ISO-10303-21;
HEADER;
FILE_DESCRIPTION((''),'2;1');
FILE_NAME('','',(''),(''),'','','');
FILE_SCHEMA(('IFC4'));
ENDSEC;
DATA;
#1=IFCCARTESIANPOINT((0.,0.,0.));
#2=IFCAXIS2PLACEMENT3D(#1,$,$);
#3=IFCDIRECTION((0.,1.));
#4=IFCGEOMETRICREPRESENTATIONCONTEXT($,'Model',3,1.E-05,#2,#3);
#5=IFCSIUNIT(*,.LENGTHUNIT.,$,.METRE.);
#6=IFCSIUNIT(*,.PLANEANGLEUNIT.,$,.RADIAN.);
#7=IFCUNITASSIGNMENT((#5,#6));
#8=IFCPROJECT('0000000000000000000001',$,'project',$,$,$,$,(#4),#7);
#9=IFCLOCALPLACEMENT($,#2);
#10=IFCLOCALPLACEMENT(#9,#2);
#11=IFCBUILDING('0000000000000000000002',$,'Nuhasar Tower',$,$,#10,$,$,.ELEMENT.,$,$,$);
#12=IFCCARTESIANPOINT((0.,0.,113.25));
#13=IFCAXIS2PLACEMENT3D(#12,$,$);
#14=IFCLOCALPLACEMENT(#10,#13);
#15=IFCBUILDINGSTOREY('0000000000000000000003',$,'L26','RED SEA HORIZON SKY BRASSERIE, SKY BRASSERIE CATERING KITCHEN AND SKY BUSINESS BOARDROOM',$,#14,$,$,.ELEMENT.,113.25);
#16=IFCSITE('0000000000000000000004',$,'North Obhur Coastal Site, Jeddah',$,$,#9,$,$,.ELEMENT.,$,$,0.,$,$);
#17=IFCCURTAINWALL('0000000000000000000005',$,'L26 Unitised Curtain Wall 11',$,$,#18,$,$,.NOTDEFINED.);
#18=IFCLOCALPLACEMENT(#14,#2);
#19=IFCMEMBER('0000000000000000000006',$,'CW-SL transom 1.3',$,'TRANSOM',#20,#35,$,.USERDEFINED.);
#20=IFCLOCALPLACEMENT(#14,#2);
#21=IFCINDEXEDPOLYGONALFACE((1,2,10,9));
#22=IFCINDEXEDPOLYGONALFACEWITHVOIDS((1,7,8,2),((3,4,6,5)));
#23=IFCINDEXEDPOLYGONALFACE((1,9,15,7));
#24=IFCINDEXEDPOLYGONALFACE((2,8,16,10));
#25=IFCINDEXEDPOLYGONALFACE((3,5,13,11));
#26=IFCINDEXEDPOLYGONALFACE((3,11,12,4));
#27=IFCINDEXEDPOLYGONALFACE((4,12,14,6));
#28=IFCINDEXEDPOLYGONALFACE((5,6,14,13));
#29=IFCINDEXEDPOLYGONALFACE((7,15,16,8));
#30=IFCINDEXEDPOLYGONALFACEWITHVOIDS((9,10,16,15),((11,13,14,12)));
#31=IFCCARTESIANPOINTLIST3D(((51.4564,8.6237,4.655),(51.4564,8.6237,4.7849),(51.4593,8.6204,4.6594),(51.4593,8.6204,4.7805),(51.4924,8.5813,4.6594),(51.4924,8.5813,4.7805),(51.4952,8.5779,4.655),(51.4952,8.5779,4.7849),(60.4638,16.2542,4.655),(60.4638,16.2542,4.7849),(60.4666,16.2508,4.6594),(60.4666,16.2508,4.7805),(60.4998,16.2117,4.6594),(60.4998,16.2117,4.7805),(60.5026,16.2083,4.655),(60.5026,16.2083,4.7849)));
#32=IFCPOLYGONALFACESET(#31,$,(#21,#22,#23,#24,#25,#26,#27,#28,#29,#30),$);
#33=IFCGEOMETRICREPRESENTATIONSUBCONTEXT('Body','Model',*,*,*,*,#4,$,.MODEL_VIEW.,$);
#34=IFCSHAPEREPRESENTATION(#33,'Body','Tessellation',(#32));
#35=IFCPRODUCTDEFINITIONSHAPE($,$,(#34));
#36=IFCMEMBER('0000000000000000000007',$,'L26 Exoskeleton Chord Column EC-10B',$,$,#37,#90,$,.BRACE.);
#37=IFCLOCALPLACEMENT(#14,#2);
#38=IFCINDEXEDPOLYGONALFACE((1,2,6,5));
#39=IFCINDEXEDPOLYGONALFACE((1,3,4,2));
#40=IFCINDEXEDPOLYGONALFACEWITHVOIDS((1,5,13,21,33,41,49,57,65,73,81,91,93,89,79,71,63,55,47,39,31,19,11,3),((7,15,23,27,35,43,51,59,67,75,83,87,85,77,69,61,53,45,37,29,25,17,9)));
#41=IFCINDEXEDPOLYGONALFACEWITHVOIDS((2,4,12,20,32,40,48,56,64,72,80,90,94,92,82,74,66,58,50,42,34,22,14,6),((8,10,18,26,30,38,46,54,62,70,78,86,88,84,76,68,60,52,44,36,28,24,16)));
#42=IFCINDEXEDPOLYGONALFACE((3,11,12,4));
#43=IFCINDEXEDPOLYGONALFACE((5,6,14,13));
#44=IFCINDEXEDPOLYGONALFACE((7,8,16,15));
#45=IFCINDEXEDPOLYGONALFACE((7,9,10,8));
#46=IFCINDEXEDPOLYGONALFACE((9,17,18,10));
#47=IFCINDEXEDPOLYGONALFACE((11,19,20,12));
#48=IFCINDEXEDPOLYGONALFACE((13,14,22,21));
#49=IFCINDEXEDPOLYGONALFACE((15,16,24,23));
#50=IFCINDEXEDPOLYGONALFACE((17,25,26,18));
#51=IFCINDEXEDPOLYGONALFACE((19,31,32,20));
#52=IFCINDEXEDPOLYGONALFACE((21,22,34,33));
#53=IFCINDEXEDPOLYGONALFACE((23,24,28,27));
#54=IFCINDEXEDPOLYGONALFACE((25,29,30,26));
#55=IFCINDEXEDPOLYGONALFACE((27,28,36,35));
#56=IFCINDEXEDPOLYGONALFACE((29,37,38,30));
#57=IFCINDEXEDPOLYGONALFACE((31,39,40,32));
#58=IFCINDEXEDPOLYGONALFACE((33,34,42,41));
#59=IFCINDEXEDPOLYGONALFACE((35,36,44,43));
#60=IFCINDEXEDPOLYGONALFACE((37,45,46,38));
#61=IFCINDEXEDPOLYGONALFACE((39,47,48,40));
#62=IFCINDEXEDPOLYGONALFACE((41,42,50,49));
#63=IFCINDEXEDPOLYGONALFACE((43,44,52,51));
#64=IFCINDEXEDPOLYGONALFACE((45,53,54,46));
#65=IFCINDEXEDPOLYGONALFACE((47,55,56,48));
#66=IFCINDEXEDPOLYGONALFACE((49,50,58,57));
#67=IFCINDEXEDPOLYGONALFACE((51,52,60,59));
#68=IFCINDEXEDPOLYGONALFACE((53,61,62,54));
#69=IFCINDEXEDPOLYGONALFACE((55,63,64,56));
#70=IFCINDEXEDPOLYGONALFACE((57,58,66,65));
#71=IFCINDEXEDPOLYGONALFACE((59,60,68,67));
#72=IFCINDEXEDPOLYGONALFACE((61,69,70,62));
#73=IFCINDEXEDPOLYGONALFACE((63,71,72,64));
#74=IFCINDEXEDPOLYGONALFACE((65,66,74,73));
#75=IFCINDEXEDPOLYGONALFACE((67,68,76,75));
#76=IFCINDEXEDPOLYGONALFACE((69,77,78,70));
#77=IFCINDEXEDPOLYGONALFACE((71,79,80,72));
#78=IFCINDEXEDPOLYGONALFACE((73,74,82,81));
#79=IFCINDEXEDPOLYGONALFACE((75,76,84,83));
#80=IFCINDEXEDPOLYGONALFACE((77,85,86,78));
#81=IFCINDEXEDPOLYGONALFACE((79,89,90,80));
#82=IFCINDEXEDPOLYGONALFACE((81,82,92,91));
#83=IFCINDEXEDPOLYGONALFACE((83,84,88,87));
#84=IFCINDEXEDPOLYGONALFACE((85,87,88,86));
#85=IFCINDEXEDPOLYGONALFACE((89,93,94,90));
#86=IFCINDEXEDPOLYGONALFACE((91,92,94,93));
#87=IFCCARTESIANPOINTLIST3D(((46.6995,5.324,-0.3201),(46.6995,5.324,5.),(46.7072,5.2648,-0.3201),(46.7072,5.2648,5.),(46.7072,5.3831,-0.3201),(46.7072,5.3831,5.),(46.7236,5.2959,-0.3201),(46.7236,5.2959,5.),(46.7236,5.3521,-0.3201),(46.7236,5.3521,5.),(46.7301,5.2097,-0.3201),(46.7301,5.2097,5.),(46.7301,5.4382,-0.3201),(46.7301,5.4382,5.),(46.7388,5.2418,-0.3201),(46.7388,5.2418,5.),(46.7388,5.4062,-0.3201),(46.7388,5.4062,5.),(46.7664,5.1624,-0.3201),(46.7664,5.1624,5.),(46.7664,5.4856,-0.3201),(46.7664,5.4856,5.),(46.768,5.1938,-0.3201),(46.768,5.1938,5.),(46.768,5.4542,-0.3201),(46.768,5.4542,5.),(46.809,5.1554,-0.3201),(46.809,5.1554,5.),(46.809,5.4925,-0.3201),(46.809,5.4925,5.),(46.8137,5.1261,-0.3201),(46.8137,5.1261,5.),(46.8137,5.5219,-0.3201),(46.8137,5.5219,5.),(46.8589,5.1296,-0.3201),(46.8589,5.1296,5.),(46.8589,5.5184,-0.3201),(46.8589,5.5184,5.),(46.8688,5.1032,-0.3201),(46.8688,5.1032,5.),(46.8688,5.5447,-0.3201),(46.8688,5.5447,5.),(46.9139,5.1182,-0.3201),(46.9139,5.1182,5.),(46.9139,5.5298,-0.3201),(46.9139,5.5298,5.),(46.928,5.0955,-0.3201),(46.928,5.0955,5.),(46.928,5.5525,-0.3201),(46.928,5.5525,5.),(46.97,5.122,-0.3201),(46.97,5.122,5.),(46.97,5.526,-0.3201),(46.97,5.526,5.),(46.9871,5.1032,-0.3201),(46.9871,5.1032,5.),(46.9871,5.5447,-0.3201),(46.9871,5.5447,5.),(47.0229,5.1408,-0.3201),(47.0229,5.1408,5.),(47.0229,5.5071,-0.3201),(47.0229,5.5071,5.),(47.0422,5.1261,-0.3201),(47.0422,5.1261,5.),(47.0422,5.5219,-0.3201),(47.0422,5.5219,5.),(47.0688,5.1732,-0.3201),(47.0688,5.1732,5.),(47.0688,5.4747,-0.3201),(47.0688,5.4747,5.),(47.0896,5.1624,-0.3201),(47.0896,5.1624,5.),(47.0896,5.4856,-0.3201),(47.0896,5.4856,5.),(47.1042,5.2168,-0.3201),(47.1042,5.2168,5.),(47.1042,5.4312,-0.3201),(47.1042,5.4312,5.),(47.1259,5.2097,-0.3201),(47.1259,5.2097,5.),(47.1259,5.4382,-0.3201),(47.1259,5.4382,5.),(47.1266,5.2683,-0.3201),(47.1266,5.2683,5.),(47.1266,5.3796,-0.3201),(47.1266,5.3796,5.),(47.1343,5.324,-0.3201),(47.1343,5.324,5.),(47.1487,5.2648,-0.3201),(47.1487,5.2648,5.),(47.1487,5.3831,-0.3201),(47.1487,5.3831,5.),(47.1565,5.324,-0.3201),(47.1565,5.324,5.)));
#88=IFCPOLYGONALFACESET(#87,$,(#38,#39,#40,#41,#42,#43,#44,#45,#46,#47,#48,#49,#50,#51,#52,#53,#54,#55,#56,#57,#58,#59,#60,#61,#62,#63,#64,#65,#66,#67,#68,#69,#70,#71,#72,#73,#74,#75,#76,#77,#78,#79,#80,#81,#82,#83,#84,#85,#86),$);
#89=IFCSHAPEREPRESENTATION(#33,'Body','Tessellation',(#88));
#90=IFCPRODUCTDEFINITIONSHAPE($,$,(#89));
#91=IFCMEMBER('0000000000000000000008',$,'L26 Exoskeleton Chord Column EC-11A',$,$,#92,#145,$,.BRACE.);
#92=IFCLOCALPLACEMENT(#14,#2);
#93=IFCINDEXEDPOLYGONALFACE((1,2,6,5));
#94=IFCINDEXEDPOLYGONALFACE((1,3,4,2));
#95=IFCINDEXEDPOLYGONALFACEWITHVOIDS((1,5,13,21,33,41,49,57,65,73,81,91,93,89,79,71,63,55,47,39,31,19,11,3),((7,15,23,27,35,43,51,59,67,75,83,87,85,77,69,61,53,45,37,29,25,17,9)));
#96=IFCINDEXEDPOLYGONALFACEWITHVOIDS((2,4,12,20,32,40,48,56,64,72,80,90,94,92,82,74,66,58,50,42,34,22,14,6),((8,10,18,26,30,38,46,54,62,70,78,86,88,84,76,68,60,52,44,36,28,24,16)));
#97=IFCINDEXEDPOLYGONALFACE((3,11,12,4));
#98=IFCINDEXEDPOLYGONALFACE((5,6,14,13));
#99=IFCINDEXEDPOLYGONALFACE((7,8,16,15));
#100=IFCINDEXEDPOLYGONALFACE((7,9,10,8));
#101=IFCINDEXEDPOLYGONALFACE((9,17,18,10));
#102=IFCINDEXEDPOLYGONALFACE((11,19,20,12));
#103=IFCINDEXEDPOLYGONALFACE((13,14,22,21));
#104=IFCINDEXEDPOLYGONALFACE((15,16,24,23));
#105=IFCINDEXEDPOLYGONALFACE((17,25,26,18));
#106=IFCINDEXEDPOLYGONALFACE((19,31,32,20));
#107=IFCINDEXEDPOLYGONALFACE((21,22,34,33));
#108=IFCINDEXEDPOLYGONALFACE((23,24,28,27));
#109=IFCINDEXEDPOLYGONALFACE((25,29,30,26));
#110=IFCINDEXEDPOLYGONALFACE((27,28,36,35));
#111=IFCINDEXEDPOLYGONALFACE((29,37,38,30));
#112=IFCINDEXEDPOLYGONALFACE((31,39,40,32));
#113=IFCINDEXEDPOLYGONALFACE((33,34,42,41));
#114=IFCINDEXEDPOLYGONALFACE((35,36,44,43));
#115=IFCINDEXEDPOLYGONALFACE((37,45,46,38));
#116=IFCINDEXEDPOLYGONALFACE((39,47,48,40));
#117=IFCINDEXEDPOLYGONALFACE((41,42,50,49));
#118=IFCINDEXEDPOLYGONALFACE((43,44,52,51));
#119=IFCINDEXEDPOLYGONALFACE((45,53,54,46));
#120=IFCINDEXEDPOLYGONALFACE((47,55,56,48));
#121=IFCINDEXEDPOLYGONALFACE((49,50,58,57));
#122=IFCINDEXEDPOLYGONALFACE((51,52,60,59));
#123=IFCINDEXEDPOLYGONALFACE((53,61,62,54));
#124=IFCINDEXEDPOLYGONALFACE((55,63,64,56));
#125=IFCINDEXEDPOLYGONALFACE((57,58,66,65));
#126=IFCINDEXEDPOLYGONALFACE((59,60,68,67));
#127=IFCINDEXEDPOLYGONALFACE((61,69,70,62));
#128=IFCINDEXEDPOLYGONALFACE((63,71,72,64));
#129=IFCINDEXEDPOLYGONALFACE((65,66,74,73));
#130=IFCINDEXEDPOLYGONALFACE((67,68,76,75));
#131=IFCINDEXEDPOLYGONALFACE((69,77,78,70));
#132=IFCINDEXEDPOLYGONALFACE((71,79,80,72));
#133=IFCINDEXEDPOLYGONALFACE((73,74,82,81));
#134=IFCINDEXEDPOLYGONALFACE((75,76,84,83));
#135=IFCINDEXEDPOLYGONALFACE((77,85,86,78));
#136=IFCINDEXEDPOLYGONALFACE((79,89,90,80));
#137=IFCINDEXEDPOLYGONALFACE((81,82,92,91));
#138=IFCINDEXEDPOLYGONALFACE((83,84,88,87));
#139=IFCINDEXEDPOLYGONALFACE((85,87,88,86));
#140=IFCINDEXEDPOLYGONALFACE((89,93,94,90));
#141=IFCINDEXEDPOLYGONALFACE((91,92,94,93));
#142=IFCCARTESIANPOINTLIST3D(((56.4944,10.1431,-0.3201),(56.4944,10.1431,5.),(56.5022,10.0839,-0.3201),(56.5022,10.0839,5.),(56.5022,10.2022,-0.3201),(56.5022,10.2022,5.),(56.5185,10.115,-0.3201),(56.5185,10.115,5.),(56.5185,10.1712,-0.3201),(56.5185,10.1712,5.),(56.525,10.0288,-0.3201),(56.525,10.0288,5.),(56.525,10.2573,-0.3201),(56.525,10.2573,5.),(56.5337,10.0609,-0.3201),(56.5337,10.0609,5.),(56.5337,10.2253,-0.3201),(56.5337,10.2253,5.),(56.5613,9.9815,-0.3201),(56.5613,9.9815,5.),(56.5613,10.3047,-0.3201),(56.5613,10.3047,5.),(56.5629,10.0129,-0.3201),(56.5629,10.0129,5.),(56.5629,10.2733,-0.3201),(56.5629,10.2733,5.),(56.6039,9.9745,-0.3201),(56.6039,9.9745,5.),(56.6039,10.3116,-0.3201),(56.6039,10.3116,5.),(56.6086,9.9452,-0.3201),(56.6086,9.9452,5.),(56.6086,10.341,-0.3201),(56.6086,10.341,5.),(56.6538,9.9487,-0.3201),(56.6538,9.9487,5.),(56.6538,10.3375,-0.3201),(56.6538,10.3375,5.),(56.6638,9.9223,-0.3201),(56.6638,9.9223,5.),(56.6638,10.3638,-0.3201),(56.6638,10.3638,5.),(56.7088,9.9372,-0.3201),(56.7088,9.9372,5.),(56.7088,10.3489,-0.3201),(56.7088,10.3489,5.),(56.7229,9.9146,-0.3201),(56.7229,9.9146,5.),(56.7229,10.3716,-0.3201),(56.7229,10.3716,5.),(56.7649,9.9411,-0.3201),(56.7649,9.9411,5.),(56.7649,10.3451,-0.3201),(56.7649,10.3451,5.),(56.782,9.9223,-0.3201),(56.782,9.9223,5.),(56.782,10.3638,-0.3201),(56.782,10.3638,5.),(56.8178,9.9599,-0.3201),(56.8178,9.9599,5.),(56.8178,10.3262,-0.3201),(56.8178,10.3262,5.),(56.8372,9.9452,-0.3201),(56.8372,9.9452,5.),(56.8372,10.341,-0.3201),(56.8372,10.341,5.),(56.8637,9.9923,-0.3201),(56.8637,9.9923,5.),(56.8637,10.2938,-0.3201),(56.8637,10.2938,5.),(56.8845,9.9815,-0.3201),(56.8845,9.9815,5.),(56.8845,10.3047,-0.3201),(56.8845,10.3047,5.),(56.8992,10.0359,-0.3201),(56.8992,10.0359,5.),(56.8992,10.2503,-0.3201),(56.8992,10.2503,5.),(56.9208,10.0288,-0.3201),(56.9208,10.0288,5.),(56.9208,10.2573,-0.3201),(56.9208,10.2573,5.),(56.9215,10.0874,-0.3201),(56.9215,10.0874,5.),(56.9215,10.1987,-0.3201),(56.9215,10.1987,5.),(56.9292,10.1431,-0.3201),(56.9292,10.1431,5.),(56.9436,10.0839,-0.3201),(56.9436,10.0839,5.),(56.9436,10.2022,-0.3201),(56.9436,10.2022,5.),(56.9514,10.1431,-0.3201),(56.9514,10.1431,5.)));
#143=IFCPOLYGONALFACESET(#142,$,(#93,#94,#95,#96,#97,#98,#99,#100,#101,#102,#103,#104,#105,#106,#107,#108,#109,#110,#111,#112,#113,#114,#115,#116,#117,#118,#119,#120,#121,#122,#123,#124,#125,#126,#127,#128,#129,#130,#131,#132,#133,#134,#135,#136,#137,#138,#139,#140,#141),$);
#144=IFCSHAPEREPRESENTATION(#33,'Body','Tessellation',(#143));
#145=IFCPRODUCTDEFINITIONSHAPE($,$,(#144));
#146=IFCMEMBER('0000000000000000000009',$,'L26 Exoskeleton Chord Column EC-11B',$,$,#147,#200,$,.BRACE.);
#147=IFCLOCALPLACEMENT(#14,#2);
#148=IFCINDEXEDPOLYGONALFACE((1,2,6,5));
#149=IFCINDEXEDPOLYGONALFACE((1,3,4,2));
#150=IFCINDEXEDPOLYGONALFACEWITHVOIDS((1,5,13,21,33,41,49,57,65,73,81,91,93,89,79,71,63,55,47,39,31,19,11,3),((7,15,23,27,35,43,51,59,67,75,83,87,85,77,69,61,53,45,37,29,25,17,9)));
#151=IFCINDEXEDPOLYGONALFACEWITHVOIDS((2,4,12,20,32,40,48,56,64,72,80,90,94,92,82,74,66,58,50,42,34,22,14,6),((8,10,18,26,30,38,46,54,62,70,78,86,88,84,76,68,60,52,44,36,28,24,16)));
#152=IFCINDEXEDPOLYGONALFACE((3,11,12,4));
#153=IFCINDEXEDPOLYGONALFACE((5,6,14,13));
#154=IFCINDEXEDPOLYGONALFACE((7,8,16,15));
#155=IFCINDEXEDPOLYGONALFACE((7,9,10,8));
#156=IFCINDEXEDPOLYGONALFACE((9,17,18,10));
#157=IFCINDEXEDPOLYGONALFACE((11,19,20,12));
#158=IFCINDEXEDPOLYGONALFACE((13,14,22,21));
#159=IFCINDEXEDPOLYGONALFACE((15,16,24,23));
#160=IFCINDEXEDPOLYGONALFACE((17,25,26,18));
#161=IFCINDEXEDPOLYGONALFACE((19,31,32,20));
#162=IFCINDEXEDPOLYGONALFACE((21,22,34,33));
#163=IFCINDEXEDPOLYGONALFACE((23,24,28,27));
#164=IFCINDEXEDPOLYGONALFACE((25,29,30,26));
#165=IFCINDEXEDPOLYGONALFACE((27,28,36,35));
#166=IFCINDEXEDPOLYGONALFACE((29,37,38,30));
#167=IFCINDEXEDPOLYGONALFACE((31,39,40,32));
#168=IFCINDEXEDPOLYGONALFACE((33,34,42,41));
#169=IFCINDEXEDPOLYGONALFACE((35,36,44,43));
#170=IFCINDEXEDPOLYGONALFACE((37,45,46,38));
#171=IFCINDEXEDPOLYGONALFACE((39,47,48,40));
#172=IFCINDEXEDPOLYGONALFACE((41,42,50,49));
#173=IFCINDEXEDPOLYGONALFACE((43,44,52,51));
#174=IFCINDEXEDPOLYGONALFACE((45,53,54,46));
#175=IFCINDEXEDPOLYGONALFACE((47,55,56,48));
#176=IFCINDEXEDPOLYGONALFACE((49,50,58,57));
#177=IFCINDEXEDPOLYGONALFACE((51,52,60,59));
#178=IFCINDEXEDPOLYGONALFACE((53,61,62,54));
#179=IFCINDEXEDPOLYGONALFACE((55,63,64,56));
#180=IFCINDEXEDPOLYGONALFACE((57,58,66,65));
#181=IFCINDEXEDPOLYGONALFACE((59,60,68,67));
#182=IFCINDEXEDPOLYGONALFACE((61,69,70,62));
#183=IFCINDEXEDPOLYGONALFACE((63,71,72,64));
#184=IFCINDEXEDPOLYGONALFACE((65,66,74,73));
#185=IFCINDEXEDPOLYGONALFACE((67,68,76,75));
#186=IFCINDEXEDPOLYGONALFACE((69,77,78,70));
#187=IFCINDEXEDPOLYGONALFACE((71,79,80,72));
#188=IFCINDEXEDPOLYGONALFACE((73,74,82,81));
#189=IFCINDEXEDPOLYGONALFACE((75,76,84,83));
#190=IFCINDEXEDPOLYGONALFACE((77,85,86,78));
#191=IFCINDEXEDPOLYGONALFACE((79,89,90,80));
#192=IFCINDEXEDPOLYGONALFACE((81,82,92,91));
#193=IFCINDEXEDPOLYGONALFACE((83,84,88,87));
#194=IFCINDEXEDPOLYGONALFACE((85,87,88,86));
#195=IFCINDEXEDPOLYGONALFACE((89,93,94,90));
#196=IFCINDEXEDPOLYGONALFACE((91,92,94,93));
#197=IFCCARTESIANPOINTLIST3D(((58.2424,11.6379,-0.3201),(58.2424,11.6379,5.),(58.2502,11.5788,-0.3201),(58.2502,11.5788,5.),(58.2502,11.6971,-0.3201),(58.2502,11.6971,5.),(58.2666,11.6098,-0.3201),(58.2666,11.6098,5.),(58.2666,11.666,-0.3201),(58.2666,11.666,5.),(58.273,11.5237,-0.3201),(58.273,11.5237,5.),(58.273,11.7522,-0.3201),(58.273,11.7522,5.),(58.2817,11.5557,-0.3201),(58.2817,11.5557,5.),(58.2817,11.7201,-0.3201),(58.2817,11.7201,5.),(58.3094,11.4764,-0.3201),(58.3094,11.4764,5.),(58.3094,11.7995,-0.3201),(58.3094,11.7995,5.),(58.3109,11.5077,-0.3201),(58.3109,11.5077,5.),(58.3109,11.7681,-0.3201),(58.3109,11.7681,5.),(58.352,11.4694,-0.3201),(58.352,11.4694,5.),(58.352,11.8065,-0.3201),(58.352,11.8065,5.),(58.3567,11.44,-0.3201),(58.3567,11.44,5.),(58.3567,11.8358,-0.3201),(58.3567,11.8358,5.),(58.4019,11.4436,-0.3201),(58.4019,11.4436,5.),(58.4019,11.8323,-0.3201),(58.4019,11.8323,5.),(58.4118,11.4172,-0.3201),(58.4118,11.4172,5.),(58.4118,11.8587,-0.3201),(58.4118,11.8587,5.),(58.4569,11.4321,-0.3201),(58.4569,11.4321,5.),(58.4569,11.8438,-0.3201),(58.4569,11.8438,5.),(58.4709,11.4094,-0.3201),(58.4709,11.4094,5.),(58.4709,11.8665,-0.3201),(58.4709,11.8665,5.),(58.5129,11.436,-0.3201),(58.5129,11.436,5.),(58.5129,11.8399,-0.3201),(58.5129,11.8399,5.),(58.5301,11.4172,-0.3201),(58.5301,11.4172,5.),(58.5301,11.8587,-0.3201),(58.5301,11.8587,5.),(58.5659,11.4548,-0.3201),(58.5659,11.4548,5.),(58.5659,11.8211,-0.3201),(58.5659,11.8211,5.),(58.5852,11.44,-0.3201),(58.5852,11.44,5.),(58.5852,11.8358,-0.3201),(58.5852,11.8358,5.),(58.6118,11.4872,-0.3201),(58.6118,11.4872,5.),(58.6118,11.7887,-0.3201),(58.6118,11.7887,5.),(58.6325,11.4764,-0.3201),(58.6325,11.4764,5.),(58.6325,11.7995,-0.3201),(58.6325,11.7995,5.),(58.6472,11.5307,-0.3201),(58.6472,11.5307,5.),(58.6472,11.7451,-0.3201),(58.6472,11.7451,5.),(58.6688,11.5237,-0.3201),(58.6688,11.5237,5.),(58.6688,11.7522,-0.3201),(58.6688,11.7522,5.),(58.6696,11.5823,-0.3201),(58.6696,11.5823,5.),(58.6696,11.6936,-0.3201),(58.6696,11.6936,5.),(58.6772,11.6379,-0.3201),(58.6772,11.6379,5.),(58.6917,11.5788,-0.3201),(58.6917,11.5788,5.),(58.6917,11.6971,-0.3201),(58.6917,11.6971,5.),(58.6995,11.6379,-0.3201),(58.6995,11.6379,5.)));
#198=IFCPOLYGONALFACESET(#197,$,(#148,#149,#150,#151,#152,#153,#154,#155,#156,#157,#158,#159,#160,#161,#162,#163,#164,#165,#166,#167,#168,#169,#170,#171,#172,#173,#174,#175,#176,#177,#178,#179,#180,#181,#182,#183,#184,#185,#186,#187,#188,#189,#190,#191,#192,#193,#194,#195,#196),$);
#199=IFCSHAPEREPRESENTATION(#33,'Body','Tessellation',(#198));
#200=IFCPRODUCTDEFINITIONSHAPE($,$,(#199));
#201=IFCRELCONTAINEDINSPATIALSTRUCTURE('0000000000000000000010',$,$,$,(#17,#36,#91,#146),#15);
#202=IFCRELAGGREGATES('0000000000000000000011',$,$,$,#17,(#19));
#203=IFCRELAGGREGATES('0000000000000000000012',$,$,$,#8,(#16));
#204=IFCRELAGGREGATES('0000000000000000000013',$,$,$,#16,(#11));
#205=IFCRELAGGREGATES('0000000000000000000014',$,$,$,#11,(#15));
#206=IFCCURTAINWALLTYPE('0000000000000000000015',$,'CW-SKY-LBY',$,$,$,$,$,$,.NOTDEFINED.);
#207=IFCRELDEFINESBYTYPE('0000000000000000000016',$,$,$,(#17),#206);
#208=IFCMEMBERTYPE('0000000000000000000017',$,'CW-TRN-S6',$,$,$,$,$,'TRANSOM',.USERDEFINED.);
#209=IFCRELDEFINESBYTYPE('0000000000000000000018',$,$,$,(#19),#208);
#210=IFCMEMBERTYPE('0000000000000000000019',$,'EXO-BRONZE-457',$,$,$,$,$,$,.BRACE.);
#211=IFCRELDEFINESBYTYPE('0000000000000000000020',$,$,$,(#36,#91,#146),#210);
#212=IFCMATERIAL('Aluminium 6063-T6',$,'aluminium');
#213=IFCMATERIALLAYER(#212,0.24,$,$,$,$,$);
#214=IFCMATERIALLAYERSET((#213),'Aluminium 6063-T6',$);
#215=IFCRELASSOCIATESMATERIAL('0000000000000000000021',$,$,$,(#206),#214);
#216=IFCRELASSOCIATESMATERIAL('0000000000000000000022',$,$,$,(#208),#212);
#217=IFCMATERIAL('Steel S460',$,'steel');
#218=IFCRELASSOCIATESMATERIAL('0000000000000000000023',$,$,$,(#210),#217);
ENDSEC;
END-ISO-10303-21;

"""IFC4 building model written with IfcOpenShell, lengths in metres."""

from ifc_helpers import new_model, si_unit, direction, frame, origin, origin_2d, place, context, subcontext, project, spatial, hollow_rectangle, hollow_circle, extrude, material, layer, layer_set, material_profile, profile_set, type_object, element, aggregate, save


model = new_model("IFC4")

# Units and contexts
model_context = context("Model", 3, precision=1e-05, world=origin(), true_north=direction((0.0, 1.0)))
body_context = subcontext(model_context, "Body", "Model", "MODEL_VIEW")
ifc_project = project(units=[si_unit("LENGTHUNIT", "METRE"), si_unit("PLANEANGLEUNIT", "RADIAN")], contexts=[model_context])

# Site, building, storey
site_placement = place(None, origin())
site = spatial("IfcSite", under=ifc_project, at=site_placement, Name="North Obhur Coastal Site, Jeddah", CompositionType="ELEMENT", RefElevation=0.0)
building_placement = place(site_placement, origin())
building = spatial("IfcBuilding", under=site, at=building_placement, Name="Nuhasar Tower", CompositionType="ELEMENT")
storey_placement = place(building_placement, frame((0.0, 0.0, 113.25)))
storey = spatial("IfcBuildingStorey", under=building, at=storey_placement, Name="L26", Description="RED SEA HORIZON SKY BRASSERIE, SKY BRASSERIE CATERING KITCHEN AND SKY BUSINESS BOARDROOM", CompositionType="ELEMENT", Elevation=113.25)

# Shared definitions
ifc_material_1 = material(Name="Steel S460", Category="steel")

# Shared definitions
ifc_material_2 = material(Name="Aluminium 6063-T6", Category="aluminium")
ifc_layer_1 = layer(ifc_material_2, 0.24)
ifc_layer_set_1 = layer_set([ifc_layer_1], Name="Aluminium 6063-T6")
curtain_wall_type = type_object("IfcCurtainWallType", Name="CW-SKY-LBY", PredefinedType="NOTDEFINED", material=ifc_layer_set_1)

# Curtain wall, member
curtain_wall_1_placement = place(storey_placement, origin())
curtain_wall_1 = element("IfcCurtainWall", 1, at=curtain_wall_1_placement, inside=storey, type_object=curtain_wall_type, Name="L26 Unitised Curtain Wall 11", PredefinedType="NOTDEFINED")
ifc_material_profile_1 = material_profile(ifc_material_2, hollow_rectangle(XDim=0.0601, YDim=0.1299, WallThickness=0.0044, at=origin_2d()), Name="CWT-6")
ifc_profile_set_1 = profile_set([ifc_material_profile_1], Name="Aluminium 6063-T6")
member_type_1 = type_object("IfcMemberType", Name="CW-TRN-S6", ElementType="TRANSOM", PredefinedType="USERDEFINED", material=ifc_profile_set_1)
member_1_placement = place(storey_placement, frame((51.4758, 8.6008, 4.72), z_axis=(0.763019, 0.646376, 0.0), x_axis=(-0.646376, 0.763019, 0.0)))
member_1 = element("IfcMember", 2, at=member_1_placement, type_object=member_type_1, Name="CW-SL transom 1.3", ObjectType="TRANSOM", PredefinedType="USERDEFINED", context=body_context, shape_type="SweptSolid", body=[
    extrude(hollow_rectangle(XDim=0.0601, YDim=0.1299, WallThickness=0.0044, at=origin_2d()), origin(), (0.0, 0.0, 1.0), 11.8049),
])

# Members
ifc_material_profile_2 = material_profile(ifc_material_1, hollow_circle(Radius=0.2285, WallThickness=0.0222, at=origin_2d()), Name="HSS457X22.2")
ifc_profile_set_2 = profile_set([ifc_material_profile_2], Name="Steel S460")
member_type_2 = type_object("IfcMemberType", Name="EXO-BRONZE-457", PredefinedType="BRACE", material=ifc_profile_set_2)
for number, where, z_axis, x_axis, name in (
    (3, (46.928, 5.324, -0.3201), (0.0, 0.0, 1.0), (1.0, 0.0, 0.0), "L26 Exoskeleton Chord Column EC-10B"),
    (4, (56.7229, 10.1431, -0.3201), (0.0, 0.0, 1.0), (1.0, 0.0, 0.0), "L26 Exoskeleton Chord Column EC-11A"),
    (5, (58.4709, 11.6379, -0.3201), (0.0, 0.0, 1.0), (1.0, 0.0, 0.0), "L26 Exoskeleton Chord Column EC-11B"),
):
    element("IfcMember", number, at=place(storey_placement, frame(where, z_axis=z_axis, x_axis=x_axis)), inside=storey, type_object=member_type_2, Name=name, PredefinedType="BRACE", context=body_context, shape_type="SweptSolid", body=[
        extrude(hollow_circle(Radius=0.2285, WallThickness=0.0222, at=origin_2d()), origin(), (0.0, 0.0, 1.0), 5.3201),
    ])

aggregate(curtain_wall_1, [member_1])

save(model, "model.ifc")
